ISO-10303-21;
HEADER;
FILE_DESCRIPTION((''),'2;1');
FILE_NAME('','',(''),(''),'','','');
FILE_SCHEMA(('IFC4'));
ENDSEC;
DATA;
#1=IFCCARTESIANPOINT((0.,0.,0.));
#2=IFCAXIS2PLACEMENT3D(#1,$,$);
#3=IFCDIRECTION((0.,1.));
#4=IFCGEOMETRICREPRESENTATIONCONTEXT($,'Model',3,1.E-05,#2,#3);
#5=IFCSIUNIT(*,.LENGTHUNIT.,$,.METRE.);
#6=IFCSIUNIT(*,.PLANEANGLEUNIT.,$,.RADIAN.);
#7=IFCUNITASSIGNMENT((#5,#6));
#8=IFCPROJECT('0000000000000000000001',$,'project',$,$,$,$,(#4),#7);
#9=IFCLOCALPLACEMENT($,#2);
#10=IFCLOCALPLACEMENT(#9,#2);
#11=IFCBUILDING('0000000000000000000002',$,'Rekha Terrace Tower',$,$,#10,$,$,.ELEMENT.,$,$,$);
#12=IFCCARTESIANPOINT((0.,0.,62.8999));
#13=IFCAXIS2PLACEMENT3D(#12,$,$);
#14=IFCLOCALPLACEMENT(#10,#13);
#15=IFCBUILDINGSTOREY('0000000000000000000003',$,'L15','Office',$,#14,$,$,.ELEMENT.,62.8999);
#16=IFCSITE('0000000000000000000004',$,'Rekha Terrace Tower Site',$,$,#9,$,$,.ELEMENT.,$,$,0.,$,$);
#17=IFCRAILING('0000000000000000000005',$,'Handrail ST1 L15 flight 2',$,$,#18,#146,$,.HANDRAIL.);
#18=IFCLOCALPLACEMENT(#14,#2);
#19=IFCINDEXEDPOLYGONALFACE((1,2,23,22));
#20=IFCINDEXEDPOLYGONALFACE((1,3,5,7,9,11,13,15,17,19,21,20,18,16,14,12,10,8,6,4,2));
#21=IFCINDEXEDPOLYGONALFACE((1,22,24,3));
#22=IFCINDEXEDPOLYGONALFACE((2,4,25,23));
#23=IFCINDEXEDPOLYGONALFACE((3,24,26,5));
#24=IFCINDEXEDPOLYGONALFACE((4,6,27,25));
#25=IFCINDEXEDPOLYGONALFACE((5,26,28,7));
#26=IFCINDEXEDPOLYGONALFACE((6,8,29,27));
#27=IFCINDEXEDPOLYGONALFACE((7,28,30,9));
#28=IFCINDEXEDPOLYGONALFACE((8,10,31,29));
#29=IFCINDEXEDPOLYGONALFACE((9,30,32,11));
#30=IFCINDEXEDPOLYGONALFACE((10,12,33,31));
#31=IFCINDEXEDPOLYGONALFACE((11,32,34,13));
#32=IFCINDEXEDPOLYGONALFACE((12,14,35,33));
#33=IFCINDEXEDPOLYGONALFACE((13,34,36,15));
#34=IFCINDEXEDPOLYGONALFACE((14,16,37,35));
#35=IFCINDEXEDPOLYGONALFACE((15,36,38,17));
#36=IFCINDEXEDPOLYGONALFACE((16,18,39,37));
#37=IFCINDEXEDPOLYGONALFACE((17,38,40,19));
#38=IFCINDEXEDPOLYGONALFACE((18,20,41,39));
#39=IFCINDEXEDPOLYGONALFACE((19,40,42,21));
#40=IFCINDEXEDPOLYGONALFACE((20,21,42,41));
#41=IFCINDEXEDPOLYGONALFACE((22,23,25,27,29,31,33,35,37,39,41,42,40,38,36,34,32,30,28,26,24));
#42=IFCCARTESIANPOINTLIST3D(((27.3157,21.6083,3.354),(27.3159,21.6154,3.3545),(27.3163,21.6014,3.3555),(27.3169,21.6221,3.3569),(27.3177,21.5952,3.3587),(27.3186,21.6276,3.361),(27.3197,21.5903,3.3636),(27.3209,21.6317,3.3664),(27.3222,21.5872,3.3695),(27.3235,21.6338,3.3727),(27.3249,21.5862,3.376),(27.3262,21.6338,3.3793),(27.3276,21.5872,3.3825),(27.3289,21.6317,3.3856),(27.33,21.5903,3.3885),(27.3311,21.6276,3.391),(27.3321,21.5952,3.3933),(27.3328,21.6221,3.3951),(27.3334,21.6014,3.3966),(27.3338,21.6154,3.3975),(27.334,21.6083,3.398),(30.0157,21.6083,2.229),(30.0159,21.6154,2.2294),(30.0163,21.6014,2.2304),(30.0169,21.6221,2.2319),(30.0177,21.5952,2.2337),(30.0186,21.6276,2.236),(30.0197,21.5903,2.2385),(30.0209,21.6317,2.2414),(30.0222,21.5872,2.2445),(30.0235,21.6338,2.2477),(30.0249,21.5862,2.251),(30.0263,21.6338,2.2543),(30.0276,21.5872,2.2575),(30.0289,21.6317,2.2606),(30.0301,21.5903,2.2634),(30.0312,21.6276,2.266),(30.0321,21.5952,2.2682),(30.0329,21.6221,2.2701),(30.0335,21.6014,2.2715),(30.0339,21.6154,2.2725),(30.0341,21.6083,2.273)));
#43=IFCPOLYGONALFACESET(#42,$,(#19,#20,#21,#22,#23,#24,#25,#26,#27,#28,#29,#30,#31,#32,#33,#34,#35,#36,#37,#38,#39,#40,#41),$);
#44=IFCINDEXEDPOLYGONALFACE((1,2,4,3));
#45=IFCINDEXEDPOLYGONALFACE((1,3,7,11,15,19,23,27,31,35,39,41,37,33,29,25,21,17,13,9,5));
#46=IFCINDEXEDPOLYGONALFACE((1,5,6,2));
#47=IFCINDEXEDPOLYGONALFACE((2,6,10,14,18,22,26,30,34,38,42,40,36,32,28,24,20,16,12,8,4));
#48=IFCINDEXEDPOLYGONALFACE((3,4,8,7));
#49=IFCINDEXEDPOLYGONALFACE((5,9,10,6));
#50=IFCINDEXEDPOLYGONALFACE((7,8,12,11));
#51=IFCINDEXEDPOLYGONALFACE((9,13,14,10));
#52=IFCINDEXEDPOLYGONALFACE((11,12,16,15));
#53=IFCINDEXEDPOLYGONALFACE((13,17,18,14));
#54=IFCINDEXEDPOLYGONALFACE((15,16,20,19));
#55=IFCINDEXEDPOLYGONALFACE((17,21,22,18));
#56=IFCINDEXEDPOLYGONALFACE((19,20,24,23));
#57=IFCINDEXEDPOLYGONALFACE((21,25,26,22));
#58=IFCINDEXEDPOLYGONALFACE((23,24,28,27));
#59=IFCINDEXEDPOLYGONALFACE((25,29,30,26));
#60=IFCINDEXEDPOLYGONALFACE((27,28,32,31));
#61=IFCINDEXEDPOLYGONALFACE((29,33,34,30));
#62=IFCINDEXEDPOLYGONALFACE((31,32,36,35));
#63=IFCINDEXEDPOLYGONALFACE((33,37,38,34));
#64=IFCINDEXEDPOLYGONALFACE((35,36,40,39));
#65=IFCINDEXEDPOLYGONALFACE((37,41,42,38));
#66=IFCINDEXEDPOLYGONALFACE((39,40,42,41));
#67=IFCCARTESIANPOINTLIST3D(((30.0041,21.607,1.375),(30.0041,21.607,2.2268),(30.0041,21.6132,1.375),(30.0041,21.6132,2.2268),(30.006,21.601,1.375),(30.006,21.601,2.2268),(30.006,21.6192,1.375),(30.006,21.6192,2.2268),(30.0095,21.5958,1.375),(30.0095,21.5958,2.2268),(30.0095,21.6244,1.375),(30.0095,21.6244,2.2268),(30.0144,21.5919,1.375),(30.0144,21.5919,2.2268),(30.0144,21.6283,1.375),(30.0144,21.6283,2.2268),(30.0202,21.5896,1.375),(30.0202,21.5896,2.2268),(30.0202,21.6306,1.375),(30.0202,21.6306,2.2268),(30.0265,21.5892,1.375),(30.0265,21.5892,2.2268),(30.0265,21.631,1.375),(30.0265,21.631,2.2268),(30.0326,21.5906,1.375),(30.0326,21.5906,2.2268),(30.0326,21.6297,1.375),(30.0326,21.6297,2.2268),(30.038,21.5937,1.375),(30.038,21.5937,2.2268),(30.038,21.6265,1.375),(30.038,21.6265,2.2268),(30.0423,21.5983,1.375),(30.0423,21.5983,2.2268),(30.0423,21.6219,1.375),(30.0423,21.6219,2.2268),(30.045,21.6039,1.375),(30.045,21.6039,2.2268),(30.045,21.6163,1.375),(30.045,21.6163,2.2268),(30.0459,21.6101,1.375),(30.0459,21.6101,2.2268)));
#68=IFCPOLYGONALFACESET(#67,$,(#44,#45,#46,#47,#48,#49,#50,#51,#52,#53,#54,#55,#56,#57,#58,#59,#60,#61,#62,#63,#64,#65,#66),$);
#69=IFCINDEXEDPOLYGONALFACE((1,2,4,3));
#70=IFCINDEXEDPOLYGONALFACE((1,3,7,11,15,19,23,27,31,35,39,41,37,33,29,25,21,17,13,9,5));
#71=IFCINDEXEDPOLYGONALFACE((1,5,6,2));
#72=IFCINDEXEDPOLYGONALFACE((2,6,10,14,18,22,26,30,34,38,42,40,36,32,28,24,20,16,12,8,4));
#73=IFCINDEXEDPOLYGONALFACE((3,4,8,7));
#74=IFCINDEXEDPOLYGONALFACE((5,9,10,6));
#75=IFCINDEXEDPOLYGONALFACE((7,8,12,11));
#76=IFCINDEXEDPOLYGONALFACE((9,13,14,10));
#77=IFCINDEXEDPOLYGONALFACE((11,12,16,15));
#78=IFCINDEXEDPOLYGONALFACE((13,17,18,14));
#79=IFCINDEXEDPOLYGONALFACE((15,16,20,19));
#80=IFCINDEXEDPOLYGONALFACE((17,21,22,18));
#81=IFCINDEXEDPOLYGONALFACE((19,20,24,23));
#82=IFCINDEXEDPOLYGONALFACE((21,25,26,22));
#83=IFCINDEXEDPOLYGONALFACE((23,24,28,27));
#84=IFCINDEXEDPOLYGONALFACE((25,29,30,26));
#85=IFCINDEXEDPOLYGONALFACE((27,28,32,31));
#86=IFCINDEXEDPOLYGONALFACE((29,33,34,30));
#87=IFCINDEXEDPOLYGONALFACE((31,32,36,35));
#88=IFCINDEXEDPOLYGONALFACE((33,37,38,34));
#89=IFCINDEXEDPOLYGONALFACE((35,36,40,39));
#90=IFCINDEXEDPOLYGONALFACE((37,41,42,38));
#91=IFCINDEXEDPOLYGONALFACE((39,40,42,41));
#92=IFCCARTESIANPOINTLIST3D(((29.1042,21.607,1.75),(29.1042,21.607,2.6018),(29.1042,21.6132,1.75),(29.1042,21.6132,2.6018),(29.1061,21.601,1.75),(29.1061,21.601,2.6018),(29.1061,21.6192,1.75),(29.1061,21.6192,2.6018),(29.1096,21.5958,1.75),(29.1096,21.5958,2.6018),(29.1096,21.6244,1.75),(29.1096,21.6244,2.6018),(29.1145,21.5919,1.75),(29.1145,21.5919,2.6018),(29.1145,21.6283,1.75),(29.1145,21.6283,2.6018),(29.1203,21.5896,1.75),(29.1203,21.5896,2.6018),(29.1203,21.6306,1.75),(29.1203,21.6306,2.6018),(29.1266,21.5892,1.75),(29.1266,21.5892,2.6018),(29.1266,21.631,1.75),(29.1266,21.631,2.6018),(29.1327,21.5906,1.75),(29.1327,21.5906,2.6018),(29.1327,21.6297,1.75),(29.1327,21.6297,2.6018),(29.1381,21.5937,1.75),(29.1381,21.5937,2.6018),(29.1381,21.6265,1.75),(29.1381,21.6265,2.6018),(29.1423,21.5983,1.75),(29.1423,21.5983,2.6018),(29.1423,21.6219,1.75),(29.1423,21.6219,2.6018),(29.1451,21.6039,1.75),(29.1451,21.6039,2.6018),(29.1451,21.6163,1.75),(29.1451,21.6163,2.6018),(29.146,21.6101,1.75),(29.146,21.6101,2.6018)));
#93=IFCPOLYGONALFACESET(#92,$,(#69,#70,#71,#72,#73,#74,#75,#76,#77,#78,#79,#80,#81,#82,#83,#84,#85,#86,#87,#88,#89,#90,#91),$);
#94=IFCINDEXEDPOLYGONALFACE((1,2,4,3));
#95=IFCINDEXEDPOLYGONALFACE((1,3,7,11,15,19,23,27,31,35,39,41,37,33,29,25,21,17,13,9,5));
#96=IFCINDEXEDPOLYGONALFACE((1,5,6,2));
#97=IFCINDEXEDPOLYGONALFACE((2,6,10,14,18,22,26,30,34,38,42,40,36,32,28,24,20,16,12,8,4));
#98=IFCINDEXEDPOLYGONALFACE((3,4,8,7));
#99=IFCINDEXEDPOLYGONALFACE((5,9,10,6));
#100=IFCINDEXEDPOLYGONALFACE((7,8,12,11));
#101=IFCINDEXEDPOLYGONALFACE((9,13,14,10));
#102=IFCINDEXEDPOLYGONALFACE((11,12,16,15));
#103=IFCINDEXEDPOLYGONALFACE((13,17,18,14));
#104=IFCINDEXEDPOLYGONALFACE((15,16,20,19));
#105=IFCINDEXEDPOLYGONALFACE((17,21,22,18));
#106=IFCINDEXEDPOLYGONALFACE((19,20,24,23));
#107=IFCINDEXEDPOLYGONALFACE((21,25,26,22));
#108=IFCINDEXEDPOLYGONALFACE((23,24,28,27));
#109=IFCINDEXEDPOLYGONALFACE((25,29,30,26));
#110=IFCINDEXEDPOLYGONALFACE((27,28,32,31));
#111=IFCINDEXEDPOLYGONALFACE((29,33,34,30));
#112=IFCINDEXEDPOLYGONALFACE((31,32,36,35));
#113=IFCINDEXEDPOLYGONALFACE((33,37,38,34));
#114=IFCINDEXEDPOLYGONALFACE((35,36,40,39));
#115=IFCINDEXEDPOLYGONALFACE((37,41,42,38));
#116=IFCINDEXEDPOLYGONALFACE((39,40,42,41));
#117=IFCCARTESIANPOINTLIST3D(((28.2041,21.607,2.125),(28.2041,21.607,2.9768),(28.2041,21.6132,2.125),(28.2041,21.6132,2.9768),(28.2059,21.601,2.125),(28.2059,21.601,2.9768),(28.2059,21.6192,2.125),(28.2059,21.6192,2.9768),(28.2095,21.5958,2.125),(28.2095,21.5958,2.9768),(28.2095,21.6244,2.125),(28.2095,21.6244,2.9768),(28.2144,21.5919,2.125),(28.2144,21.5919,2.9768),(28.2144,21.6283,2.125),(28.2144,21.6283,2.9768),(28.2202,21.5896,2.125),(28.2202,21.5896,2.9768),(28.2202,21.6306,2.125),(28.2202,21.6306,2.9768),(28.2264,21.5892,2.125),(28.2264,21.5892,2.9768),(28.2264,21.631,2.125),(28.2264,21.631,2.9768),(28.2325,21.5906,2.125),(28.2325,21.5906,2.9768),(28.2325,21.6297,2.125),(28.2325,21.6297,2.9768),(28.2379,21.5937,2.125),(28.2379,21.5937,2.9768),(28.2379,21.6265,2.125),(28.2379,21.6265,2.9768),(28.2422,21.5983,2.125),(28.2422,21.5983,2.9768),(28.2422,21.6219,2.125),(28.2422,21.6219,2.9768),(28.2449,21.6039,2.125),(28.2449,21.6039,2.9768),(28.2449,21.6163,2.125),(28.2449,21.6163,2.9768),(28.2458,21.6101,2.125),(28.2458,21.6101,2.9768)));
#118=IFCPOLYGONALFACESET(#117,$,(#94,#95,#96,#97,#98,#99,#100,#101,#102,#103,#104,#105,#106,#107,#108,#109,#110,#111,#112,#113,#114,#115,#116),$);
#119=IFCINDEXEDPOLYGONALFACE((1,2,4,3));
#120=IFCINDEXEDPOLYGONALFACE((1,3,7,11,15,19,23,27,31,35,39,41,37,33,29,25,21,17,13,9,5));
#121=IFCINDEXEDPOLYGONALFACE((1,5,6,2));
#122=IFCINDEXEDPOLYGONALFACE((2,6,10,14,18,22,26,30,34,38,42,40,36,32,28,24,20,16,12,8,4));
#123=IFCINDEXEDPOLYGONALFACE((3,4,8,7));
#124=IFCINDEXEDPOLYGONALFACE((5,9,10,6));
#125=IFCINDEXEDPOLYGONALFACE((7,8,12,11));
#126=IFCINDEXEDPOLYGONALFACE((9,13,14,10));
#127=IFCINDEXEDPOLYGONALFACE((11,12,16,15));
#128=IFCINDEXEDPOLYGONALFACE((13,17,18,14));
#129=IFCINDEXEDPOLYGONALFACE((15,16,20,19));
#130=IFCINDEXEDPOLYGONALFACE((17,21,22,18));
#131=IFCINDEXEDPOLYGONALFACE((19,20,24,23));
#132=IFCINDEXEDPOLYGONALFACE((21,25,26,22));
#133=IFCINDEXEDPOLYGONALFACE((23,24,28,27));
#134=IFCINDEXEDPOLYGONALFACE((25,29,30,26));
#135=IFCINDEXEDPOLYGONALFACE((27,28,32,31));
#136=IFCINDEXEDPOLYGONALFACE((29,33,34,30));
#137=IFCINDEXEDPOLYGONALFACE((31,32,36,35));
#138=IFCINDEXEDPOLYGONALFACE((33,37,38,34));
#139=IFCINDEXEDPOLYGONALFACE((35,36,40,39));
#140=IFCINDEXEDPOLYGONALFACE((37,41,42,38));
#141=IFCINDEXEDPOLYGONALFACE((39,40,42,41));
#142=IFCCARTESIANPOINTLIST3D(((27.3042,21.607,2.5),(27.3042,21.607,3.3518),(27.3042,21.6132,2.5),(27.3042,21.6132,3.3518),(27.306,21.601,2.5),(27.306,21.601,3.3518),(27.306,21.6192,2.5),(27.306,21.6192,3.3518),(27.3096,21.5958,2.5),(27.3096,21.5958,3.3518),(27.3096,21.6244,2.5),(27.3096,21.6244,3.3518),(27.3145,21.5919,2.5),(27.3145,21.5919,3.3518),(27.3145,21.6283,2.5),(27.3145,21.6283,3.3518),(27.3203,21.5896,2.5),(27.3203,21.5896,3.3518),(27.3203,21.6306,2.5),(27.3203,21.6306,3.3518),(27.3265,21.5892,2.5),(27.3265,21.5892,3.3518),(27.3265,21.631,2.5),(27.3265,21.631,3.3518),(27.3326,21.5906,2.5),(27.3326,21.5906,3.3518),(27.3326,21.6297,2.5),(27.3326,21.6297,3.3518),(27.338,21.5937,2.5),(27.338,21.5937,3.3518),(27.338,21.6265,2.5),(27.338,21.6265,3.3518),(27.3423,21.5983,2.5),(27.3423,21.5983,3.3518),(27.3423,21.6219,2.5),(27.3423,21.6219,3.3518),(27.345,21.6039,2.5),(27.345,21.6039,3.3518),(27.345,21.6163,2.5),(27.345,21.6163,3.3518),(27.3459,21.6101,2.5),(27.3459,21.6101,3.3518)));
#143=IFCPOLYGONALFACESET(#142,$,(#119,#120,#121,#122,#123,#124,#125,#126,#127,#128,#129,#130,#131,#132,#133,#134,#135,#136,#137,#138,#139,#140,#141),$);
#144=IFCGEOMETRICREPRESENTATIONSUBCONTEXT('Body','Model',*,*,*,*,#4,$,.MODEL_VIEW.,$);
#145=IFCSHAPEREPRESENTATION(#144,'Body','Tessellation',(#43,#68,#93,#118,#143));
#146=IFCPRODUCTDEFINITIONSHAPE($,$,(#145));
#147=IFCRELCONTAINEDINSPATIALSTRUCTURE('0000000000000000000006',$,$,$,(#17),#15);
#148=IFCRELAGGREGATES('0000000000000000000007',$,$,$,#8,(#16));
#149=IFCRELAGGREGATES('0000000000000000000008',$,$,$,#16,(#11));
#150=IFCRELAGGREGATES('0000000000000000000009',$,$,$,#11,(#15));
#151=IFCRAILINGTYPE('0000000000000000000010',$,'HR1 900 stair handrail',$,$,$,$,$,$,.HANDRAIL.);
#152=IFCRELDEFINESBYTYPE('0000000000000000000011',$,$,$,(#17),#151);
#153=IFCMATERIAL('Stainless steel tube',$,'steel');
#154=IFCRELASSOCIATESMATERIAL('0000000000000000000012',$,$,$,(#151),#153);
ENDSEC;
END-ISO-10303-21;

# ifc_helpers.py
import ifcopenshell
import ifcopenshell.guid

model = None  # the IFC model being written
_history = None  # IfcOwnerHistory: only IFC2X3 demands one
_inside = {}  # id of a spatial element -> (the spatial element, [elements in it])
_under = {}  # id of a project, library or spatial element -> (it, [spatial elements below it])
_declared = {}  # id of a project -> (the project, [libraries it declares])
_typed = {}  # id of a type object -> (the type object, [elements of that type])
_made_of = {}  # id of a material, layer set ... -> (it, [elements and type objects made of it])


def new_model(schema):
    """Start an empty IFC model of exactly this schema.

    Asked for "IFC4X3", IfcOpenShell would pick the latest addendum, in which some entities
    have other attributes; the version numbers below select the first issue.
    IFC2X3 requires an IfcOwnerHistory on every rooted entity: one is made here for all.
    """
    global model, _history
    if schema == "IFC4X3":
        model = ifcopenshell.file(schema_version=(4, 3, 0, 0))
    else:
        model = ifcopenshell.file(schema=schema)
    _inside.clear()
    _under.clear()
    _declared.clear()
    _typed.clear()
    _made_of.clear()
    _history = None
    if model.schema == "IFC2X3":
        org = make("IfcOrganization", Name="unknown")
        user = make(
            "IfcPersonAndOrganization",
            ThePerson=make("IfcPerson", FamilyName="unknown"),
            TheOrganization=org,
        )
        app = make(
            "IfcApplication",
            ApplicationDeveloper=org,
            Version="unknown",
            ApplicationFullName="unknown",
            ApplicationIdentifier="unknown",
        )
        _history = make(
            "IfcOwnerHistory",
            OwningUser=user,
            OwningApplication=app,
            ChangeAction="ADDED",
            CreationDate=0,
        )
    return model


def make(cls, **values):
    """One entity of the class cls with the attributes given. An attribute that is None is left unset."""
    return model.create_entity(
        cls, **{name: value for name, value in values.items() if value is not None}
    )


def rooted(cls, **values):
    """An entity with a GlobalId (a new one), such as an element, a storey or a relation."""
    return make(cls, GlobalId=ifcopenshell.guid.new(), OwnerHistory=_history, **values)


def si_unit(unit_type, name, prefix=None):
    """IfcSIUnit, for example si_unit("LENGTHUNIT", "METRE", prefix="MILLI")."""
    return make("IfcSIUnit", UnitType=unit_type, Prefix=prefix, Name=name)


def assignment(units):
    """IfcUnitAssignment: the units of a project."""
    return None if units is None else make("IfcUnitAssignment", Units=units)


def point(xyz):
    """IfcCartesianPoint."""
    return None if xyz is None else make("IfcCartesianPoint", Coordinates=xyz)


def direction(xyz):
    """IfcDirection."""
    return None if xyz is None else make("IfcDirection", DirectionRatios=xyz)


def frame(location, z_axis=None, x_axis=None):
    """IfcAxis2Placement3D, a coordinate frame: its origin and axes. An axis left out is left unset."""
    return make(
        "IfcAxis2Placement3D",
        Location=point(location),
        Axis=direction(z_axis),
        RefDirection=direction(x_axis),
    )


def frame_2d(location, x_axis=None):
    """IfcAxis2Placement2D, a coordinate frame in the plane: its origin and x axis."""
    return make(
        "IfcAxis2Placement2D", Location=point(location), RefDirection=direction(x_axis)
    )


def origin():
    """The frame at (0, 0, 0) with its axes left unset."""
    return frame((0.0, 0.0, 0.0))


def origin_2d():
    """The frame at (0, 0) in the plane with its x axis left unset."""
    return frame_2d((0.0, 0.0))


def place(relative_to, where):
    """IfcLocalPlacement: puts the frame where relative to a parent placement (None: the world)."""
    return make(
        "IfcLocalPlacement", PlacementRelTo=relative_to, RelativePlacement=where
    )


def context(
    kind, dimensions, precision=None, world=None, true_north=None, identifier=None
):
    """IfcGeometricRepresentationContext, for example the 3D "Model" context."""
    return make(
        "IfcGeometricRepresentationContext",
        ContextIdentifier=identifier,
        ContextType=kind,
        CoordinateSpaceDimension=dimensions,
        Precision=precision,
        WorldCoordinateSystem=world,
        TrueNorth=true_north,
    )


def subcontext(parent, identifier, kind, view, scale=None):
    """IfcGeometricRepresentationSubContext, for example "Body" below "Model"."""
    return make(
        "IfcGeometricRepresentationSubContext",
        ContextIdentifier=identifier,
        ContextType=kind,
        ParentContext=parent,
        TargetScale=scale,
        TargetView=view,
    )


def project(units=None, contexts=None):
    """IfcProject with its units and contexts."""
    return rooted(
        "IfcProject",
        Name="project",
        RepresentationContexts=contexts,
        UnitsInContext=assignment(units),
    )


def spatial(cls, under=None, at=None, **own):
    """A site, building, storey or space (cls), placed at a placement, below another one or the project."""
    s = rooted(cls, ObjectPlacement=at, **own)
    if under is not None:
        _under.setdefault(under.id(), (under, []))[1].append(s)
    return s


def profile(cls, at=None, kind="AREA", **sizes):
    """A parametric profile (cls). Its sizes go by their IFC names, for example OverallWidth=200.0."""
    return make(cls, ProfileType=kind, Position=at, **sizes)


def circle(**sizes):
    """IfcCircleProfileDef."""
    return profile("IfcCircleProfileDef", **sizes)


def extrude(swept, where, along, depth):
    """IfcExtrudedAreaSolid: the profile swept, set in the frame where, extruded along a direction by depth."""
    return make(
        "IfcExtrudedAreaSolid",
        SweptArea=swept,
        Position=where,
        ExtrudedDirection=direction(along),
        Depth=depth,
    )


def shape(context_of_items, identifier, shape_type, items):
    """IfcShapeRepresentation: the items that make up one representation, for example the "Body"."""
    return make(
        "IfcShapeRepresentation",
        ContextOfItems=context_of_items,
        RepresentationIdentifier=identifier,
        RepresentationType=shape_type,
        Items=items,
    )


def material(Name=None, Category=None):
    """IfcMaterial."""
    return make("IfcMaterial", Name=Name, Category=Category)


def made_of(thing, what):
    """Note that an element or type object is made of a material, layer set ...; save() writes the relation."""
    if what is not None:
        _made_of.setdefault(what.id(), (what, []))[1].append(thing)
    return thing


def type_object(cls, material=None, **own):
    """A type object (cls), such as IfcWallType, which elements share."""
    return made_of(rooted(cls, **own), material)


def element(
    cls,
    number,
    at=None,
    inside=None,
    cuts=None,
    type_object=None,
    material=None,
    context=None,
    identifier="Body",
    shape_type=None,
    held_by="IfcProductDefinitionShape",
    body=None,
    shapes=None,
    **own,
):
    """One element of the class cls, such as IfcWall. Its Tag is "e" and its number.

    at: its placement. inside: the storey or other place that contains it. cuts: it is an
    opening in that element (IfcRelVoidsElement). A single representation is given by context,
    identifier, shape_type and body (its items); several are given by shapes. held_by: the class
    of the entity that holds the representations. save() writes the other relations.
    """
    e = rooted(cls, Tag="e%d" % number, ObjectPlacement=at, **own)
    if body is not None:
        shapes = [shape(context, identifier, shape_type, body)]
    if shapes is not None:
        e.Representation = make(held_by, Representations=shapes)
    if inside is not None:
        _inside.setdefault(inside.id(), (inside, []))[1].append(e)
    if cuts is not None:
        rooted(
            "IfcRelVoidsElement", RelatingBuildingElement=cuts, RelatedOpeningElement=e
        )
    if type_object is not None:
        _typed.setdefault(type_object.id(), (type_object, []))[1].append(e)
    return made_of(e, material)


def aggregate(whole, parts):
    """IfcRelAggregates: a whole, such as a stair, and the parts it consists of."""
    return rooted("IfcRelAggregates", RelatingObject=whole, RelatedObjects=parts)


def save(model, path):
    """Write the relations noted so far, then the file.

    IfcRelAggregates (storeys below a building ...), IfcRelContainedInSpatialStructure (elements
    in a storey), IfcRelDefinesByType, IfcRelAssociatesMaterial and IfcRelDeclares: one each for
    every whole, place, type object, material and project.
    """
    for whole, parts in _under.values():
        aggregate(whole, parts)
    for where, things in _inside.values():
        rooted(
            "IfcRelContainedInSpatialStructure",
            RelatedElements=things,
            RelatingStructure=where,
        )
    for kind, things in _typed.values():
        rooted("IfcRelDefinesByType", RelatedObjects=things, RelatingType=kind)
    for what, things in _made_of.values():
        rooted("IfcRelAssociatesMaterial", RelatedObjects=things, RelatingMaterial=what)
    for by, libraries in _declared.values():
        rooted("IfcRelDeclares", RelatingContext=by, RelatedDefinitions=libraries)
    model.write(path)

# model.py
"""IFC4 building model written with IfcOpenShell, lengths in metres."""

from ifc_helpers import new_model, si_unit, direction, frame, origin, origin_2d, place, context, subcontext, project, spatial, circle, extrude, material, type_object, element, save


model = new_model("IFC4")

# Units and contexts
model_context = context("Model", 3, precision=1e-05, world=origin(), true_north=direction((0.0, 1.0)))
body_context = subcontext(model_context, "Body", "Model", "MODEL_VIEW")
ifc_project = project(units=[si_unit("LENGTHUNIT", "METRE"), si_unit("PLANEANGLEUNIT", "RADIAN")], contexts=[model_context])

# Site, building, storey
site_placement = place(None, origin())
site = spatial("IfcSite", under=ifc_project, at=site_placement, Name="Rekha Terrace Tower Site", CompositionType="ELEMENT", RefElevation=0.0)
building_placement = place(site_placement, origin())
building = spatial("IfcBuilding", under=site, at=building_placement, Name="Rekha Terrace Tower", CompositionType="ELEMENT")
storey_placement = place(building_placement, frame((0.0, 0.0, 62.8999)))
storey = spatial("IfcBuildingStorey", under=building, at=storey_placement, Name="L15", Description="Office", CompositionType="ELEMENT", Elevation=62.8999)

# Railing
ifc_material_1 = material(Name="Stainless steel tube", Category="steel")
railing_type_1 = type_object("IfcRailingType", Name="HR1 900 stair handrail", PredefinedType="HANDRAIL", material=ifc_material_1)
railing_1_placement = place(storey_placement, frame((30.0249, 21.6101, 1.375)))
element("IfcRailing", 1, at=railing_1_placement, inside=storey, type_object=railing_type_1, Name="Handrail ST1 L15 flight 2", PredefinedType="HANDRAIL", context=body_context, shape_type="SweptSolid", body=[
    extrude(circle(Radius=0.0239, at=origin_2d()), frame((0.0, 0.0, 0.876), z_axis=(-0.923074, 0.0, 0.384621), x_axis=(0.0, -1.0, 0.0)), (0.0, 0.0, 1.0), 2.925),
    extrude(circle(Radius=0.021, at=origin_2d()), origin(), (0.0, 0.0, 1.0), 0.8518),
    extrude(circle(Radius=0.021, at=origin_2d()), frame((-0.8999, 0.0, 0.375)), (0.0, 0.0, 1.0), 0.8518),
    extrude(circle(Radius=0.021, at=origin_2d()), frame((-1.8, 0.0, 0.75)), (0.0, 0.0, 1.0), 0.8518),
    extrude(circle(Radius=0.021, at=origin_2d()), frame((-2.7, 0.0, 1.125)), (0.0, 0.0, 1.0), 0.8518),
])

save(model, "model.ifc")
